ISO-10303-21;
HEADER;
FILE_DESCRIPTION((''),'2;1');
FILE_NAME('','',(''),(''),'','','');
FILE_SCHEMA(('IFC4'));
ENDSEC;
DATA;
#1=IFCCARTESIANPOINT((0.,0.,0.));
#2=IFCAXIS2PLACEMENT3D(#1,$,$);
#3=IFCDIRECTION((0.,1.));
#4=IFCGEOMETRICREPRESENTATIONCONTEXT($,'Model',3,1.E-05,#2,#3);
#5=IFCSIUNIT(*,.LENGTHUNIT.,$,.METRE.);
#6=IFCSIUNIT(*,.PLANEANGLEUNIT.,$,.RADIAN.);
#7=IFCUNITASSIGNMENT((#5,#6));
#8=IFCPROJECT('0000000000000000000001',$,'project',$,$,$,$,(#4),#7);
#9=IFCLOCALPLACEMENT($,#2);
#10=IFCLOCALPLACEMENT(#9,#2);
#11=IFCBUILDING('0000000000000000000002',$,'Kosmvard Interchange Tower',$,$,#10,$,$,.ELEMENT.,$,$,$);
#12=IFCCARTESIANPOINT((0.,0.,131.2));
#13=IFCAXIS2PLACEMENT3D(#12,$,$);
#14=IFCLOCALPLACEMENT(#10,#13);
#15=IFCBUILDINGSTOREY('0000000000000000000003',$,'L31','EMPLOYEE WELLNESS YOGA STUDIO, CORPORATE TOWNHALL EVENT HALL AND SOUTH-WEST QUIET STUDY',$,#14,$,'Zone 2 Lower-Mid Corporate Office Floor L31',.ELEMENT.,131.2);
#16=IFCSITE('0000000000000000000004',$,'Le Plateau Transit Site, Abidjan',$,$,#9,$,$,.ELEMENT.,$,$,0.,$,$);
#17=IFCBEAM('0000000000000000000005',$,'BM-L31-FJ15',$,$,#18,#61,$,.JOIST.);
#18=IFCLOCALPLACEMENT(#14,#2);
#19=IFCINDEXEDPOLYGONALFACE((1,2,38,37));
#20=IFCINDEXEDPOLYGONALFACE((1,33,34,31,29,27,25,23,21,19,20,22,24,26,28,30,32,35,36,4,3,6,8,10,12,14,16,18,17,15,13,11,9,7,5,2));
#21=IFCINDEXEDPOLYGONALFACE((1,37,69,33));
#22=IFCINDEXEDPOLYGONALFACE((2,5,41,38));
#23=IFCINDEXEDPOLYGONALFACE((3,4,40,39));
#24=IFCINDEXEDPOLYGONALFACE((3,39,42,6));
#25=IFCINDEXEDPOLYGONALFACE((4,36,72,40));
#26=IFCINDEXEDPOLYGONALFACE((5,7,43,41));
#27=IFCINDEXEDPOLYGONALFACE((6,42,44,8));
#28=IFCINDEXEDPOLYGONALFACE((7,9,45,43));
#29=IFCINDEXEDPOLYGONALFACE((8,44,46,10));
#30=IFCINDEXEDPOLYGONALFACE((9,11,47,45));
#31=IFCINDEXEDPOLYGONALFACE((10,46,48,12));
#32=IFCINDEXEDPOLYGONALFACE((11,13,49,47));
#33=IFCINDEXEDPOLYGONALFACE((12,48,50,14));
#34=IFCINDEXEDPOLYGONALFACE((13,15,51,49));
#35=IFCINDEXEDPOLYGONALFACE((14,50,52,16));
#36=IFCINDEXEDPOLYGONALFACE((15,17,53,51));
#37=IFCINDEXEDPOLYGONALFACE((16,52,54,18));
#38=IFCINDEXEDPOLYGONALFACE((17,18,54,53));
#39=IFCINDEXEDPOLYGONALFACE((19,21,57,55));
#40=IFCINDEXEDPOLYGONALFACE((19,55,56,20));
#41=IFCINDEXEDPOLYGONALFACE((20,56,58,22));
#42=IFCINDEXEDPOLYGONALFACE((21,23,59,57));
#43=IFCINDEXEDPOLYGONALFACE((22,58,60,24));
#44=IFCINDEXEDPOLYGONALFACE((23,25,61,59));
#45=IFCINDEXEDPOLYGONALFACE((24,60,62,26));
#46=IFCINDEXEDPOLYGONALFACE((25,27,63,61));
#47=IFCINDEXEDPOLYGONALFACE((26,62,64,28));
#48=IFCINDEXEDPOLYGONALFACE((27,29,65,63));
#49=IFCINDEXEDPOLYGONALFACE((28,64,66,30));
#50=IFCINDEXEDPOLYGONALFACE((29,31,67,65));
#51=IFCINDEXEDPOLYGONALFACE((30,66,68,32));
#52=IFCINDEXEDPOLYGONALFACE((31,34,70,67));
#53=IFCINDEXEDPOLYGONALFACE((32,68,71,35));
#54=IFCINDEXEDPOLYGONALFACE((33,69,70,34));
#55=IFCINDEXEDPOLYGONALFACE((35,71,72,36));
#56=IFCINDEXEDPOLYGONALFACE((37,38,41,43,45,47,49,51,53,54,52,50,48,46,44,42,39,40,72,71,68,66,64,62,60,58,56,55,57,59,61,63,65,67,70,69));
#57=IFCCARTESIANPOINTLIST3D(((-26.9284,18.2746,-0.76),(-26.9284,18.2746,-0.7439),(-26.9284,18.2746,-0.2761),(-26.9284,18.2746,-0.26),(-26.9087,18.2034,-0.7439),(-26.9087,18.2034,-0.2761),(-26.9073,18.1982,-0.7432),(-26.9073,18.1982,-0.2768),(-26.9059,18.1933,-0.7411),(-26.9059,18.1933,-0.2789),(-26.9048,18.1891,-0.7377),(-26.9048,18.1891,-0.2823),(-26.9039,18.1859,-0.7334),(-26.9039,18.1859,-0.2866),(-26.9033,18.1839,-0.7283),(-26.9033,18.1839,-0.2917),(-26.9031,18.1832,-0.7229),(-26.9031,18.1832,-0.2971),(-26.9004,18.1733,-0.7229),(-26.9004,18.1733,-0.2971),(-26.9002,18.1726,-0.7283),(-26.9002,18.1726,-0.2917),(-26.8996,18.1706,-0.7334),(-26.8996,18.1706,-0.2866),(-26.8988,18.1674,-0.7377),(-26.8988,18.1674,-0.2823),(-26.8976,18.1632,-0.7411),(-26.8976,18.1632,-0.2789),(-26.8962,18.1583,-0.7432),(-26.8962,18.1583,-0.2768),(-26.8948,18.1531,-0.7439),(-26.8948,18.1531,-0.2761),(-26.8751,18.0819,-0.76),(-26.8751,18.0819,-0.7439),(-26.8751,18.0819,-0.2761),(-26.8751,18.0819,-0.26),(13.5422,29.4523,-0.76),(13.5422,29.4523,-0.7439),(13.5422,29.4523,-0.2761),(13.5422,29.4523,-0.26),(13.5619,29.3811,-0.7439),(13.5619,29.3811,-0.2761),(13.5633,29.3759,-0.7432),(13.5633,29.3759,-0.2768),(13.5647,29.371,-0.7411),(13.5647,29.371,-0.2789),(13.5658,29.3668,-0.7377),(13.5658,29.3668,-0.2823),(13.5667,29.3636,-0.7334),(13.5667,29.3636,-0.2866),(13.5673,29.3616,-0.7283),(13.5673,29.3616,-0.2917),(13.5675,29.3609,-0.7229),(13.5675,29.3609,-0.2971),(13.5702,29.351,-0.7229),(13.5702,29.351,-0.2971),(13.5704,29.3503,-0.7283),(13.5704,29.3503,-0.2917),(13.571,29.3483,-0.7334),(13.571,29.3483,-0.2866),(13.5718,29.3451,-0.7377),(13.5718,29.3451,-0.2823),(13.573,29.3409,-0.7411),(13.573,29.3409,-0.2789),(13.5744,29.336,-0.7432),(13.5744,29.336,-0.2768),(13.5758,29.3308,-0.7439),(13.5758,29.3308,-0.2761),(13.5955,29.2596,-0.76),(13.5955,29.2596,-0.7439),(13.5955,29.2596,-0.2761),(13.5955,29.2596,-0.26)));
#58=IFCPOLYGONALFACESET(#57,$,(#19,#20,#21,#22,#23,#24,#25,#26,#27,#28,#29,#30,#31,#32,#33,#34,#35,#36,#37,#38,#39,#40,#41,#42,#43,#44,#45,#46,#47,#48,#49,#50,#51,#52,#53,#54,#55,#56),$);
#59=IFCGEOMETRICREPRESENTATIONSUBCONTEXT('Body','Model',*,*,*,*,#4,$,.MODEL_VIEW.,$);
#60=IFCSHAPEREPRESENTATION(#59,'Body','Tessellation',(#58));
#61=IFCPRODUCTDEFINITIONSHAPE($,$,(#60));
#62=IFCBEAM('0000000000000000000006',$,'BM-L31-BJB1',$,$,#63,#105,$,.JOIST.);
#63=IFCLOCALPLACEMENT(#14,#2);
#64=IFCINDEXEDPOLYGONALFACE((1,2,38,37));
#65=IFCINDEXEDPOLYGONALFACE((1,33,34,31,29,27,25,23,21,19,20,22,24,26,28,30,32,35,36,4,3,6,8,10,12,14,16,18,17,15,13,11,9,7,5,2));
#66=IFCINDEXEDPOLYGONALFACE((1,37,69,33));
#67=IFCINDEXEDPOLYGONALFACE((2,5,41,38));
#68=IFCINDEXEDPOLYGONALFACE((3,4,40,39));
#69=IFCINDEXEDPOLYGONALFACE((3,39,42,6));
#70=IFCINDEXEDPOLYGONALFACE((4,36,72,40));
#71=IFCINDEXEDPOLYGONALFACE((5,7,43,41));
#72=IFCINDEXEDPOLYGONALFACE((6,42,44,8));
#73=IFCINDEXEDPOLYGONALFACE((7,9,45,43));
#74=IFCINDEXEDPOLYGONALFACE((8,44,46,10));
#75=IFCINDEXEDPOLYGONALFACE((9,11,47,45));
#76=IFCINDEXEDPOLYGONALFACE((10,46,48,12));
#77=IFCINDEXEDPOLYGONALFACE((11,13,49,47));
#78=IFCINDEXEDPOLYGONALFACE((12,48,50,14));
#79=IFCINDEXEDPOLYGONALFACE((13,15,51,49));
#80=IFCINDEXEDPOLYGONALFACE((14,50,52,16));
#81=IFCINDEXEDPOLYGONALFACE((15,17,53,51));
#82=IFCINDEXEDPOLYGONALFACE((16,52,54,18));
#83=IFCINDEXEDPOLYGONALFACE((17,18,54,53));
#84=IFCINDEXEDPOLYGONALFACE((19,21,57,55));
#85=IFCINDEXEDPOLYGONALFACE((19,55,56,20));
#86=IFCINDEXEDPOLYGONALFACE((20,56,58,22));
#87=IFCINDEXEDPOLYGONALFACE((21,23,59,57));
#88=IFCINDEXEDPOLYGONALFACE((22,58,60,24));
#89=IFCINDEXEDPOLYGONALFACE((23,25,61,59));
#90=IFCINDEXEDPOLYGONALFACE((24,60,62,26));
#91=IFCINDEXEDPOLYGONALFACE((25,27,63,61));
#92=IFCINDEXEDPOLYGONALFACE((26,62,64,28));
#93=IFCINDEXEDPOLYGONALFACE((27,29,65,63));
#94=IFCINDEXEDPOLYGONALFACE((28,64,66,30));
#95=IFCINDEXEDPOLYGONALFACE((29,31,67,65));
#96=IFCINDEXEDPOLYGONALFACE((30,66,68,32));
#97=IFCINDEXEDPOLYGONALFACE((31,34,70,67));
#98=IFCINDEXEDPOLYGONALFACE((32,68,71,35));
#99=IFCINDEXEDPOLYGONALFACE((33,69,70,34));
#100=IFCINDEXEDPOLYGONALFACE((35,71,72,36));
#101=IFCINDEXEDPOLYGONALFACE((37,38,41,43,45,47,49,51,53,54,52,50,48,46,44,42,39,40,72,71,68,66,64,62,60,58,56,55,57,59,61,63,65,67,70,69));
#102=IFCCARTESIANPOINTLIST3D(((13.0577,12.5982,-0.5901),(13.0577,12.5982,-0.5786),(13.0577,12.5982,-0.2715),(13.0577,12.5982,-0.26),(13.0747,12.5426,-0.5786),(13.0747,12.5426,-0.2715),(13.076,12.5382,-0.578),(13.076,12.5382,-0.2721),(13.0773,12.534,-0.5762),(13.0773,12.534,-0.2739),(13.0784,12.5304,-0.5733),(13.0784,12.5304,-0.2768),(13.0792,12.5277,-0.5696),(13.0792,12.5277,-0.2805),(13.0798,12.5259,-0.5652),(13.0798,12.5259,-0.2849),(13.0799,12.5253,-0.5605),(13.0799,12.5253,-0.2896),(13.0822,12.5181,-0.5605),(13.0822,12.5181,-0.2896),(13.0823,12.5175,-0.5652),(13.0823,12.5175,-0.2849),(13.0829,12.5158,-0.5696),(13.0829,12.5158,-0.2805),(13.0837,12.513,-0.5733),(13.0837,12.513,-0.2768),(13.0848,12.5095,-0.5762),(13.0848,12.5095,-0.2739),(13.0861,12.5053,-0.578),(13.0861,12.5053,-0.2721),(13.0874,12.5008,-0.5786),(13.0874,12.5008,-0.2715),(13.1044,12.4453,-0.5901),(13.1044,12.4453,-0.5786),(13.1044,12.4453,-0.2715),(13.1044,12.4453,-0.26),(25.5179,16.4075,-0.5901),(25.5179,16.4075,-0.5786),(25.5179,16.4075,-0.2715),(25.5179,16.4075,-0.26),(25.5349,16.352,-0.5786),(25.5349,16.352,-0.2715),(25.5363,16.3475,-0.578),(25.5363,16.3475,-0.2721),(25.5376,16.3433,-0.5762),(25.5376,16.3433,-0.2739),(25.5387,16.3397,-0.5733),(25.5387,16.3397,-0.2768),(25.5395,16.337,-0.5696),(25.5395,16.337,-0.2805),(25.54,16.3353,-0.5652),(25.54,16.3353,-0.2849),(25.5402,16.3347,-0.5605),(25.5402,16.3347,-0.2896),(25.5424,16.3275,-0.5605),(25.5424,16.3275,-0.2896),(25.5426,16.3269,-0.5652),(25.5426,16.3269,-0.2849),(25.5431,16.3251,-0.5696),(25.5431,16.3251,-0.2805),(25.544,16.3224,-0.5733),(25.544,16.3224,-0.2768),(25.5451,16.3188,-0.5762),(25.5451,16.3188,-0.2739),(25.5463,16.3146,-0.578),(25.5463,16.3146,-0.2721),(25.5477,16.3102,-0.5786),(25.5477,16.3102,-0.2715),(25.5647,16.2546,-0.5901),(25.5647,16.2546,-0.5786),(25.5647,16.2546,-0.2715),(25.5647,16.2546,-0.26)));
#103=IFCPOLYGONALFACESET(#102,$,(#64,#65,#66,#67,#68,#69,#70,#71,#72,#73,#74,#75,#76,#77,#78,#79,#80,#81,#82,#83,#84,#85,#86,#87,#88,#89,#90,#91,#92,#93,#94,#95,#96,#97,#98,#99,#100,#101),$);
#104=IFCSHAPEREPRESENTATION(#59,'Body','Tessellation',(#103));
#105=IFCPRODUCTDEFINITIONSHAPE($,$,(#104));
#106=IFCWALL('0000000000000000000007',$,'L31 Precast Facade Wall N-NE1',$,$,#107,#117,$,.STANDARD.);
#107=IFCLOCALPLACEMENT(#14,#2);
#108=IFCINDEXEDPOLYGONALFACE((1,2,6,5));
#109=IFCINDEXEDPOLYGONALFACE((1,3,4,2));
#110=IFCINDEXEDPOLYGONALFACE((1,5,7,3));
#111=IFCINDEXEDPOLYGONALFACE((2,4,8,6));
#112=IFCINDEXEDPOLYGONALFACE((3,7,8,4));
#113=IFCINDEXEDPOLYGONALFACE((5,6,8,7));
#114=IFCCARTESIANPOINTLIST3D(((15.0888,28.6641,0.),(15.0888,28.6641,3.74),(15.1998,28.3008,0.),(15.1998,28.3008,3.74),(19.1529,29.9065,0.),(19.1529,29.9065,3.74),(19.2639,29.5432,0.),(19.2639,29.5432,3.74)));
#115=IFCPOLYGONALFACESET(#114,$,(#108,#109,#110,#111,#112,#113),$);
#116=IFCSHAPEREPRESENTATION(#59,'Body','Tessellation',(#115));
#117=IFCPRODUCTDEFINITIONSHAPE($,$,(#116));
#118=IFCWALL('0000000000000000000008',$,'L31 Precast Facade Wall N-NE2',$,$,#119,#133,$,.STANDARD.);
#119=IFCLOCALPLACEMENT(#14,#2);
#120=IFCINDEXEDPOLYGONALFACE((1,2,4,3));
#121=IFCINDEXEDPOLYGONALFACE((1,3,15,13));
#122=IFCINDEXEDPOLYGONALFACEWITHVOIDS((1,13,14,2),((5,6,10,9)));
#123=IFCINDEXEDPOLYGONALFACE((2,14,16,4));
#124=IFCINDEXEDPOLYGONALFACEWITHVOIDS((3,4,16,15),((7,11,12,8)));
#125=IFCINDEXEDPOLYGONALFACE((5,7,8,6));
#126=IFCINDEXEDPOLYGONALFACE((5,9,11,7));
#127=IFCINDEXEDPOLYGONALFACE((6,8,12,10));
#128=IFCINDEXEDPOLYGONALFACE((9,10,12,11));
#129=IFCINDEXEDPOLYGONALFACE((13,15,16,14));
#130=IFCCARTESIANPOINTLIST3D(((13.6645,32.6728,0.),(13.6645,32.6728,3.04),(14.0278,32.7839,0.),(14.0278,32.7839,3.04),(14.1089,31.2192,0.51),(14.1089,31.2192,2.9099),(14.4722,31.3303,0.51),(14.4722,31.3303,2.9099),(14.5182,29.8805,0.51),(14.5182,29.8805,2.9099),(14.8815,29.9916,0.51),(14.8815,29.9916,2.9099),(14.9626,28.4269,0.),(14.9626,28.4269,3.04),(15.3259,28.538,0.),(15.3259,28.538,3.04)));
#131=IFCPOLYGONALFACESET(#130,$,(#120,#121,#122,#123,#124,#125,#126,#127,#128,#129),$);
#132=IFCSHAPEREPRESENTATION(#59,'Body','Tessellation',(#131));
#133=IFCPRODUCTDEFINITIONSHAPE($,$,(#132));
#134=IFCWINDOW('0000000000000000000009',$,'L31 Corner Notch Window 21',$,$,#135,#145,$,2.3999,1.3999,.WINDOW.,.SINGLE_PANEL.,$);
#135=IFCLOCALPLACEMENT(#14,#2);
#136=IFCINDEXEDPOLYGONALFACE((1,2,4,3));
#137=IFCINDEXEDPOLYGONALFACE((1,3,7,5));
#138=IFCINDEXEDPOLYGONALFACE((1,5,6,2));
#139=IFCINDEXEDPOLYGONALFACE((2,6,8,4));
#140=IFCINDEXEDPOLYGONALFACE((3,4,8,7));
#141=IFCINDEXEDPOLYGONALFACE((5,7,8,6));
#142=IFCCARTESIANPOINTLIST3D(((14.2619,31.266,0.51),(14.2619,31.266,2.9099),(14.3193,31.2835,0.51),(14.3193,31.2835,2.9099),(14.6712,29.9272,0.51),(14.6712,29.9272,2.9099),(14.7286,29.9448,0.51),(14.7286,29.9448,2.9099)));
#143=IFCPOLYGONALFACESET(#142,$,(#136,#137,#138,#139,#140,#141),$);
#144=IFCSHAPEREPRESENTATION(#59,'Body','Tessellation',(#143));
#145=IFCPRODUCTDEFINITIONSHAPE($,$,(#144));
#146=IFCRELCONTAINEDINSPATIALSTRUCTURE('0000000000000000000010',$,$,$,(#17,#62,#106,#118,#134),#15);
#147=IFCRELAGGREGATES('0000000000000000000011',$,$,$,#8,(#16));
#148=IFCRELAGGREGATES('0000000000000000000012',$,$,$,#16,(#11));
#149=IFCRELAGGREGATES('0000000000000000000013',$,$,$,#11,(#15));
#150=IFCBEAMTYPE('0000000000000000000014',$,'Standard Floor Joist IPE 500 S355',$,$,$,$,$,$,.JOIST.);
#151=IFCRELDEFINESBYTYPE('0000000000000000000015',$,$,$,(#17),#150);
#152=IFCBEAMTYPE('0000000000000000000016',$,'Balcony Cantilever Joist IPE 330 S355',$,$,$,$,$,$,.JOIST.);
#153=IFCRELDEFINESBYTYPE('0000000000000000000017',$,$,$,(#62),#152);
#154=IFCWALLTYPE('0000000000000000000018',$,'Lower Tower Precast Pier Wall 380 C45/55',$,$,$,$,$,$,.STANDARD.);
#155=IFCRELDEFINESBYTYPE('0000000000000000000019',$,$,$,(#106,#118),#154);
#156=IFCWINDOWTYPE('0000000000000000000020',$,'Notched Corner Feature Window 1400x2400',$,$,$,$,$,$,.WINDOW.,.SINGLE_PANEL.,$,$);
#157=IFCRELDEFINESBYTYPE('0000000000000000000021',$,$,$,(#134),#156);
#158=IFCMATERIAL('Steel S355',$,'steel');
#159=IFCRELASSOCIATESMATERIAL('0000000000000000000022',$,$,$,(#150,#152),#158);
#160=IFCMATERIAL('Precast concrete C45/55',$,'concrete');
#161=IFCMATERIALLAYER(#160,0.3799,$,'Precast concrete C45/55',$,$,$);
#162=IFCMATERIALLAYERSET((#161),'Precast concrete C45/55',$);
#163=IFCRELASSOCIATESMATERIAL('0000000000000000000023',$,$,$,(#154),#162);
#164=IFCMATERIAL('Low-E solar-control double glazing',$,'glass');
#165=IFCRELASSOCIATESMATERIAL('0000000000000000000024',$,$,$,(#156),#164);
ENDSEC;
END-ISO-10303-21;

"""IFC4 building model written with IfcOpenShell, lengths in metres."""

from ifc_helpers import new_model, si_unit, direction, frame, frame_2d, origin, origin_2d, place, context, subcontext, project, spatial, rectangle, i_section, extrude, source, transform, mapped, material, layer, layer_set, material_profile, profile_set, type_object, element, fill, save


model = new_model("IFC4")

# Units and contexts
model_context = context("Model", 3, precision=1e-05, world=origin(), true_north=direction((0.0, 1.0)))
body_context = subcontext(model_context, "Body", "Model", "MODEL_VIEW")
ifc_project = project(units=[si_unit("LENGTHUNIT", "METRE"), si_unit("PLANEANGLEUNIT", "RADIAN")], contexts=[model_context])

# Site, building, storey
site_placement = place(None, origin())
site = spatial("IfcSite", under=ifc_project, at=site_placement, Name="Le Plateau Transit Site, Abidjan", CompositionType="ELEMENT", RefElevation=0.0)
building_placement = place(site_placement, origin())
building = spatial("IfcBuilding", under=site, at=building_placement, Name="Kosmvard Interchange Tower", CompositionType="ELEMENT")
storey_placement = place(building_placement, frame((0.0, 0.0, 131.2)))
storey = spatial("IfcBuildingStorey", under=building, at=storey_placement, Name="L31", Description="EMPLOYEE WELLNESS YOGA STUDIO, CORPORATE TOWNHALL EVENT HALL AND SOUTH-WEST QUIET STUDY", LongName="Zone 2 Lower-Mid Corporate Office Floor L31", CompositionType="ELEMENT", Elevation=131.2)

# Beams
ifc_material_1 = material(Name="Steel S355", Category="steel")
ifc_material_2 = material(Name="Precast concrete C45/55", Category="concrete")
ifc_material_profile_1 = material_profile(ifc_material_1, i_section(OverallWidth=0.2, OverallDepth=0.5, WebThickness=0.0103, FlangeThickness=0.0161, FilletRadius=0.021, at=origin_2d()), Name="IPE 500")
ifc_profile_set_1 = profile_set([ifc_material_profile_1], Name="Steel S355")
beam_type_1 = type_object("IfcBeamType", Name="Standard Floor Joist IPE 500 S355", PredefinedType="JOIST", material=ifc_profile_set_1)
shared_shape_1 = source(origin(), body_context, "Body", "SweptSolid", [
    extrude(i_section(OverallWidth=0.2, OverallDepth=0.5, WebThickness=0.0103, FlangeThickness=0.0161, FilletRadius=0.021, at=origin_2d()), origin(), (0.0, 0.0, 1.0), 41.9858),
])
beam_1_placement = place(storey_placement, frame((13.5688, 29.356, -0.51), z_axis=(-0.963911, -0.266226, 0.0), x_axis=(0.266226, -0.963911, 0.0)))
element("IfcBeam", 1, at=beam_1_placement, inside=storey, type_object=beam_type_1, Name="BM-L31-FJ15", PredefinedType="JOIST", context=body_context, shape_type="MappedRepresentation", body=[
    mapped(shared_shape_1, transform((0.0, 0.0, 0.0), scale=1.0)),
])
ifc_material_profile_2 = material_profile(ifc_material_1, i_section(OverallWidth=0.1599, OverallDepth=0.3301, WebThickness=0.0076, FlangeThickness=0.0115, FilletRadius=0.0181, at=origin_2d()), Name="IPE 330")
ifc_profile_set_2 = profile_set([ifc_material_profile_2], Name="Steel S355")
beam_type_2 = type_object("IfcBeamType", Name="Balcony Cantilever Joist IPE 330 S355", PredefinedType="JOIST", material=ifc_profile_set_2)
shared_shape_2 = source(origin(), body_context, "Body", "SweptSolid", [
    extrude(i_section(OverallWidth=0.1599, OverallDepth=0.3301, WebThickness=0.0076, FlangeThickness=0.0115, FilletRadius=0.0181, at=origin_2d()), origin(), (0.0, 0.0, 1.0), 13.0295),
])
beam_2_placement = place(storey_placement, frame((13.0811, 12.5217, -0.425), z_axis=(0.956308, 0.292362, 0.0), x_axis=(-0.292362, 0.956308, 0.0)))
element("IfcBeam", 2, at=beam_2_placement, inside=storey, type_object=beam_type_2, Name="BM-L31-BJB1", PredefinedType="JOIST", context=body_context, shape_type="MappedRepresentation", body=[
    mapped(shared_shape_2, transform((0.0, 0.0, 0.0), scale=1.0)),
])

# Wall
ifc_layer_1 = layer(ifc_material_2, 0.3799, Name="Precast concrete C45/55")
ifc_layer_set_1 = layer_set([ifc_layer_1], Name="Precast concrete C45/55")
wall_type_1 = type_object("IfcWallType", Name="Lower Tower Precast Pier Wall 380 C45/55", PredefinedType="STANDARD", material=ifc_layer_set_1)
wall_1_placement = place(storey_placement, frame((19.2085, 29.7249, 0.0), z_axis=(0.0, 0.0, 1.0), x_axis=(-0.956313, -0.292346, 0.0)))
element("IfcWall", 3, at=wall_1_placement, inside=storey, type_object=wall_type_1, Name="L31 Precast Facade Wall N-NE1", PredefinedType="STANDARD", context=body_context, shape_type="SweptSolid", body=[
    extrude(rectangle(XDim=4.2498, YDim=0.3799, at=frame_2d((2.125, 0.0))), origin(), (0.0, 0.0, 1.0), 3.74),
])

# Wall, opening, window
wall_2_placement = place(storey_placement, frame((15.1443, 28.4824, 0.0), z_axis=(0.0, 0.0, 1.0), x_axis=(-0.292374, 0.956304, 0.0)))
wall_2 = element("IfcWall", 4, at=wall_2_placement, inside=storey, type_object=wall_type_1, Name="L31 Precast Facade Wall N-NE2", PredefinedType="STANDARD", context=body_context, shape_type="SweptSolid", body=[
    extrude(rectangle(XDim=4.4399, YDim=0.3799, at=frame_2d((2.22, 0.0))), origin(), (0.0, 0.0, 1.0), 3.04),
])
opening_1_placement = place(wall_2_placement, frame((1.52, 0.0, 0.51)))
opening_1 = element("IfcOpeningElement", 5, at=opening_1_placement, cuts=wall_2, PredefinedType="OPENING", context=body_context, shape_type="SweptSolid", body=[
    extrude(rectangle(XDim=1.3999, YDim=2.3999, at=frame_2d((0.7, 1.2))), frame((0.0, 0.2, 0.0), z_axis=(0.0, -1.0, 0.0), x_axis=(1.0, 0.0, 0.0)), (0.0, 0.0, 1.0), 0.3999),
])
ifc_material_3 = material(Name="Low-E solar-control double glazing", Category="glass")
window_type_1 = type_object("IfcWindowType", Name="Notched Corner Feature Window 1400x2400", PartitioningType="SINGLE_PANEL", PredefinedType="WINDOW", material=ifc_material_3)
shared_shape_3 = source(origin(), body_context, "Body", "SweptSolid", [
    extrude(rectangle(XDim=1.3999, YDim=2.3999, at=frame_2d((0.7, 1.2))), frame((0.0, 0.03, 0.0), z_axis=(0.0, -1.0, 0.0), x_axis=(1.0, 0.0, 0.0)), (0.0, 0.0, 1.0), 0.0601),
])
window_1_placement = place(opening_1_placement, origin())
window_1 = element("IfcWindow", 6, at=window_1_placement, inside=storey, type_object=window_type_1, Name="L31 Corner Notch Window 21", OverallHeight=2.3999, OverallWidth=1.3999, PartitioningType="SINGLE_PANEL", PredefinedType="WINDOW", context=body_context, shape_type="MappedRepresentation", body=[
    mapped(shared_shape_3, transform((0.0, 0.0, 0.0), scale=1.0)),
])
fill(opening_1, window_1)

save(model, "model.ifc")
